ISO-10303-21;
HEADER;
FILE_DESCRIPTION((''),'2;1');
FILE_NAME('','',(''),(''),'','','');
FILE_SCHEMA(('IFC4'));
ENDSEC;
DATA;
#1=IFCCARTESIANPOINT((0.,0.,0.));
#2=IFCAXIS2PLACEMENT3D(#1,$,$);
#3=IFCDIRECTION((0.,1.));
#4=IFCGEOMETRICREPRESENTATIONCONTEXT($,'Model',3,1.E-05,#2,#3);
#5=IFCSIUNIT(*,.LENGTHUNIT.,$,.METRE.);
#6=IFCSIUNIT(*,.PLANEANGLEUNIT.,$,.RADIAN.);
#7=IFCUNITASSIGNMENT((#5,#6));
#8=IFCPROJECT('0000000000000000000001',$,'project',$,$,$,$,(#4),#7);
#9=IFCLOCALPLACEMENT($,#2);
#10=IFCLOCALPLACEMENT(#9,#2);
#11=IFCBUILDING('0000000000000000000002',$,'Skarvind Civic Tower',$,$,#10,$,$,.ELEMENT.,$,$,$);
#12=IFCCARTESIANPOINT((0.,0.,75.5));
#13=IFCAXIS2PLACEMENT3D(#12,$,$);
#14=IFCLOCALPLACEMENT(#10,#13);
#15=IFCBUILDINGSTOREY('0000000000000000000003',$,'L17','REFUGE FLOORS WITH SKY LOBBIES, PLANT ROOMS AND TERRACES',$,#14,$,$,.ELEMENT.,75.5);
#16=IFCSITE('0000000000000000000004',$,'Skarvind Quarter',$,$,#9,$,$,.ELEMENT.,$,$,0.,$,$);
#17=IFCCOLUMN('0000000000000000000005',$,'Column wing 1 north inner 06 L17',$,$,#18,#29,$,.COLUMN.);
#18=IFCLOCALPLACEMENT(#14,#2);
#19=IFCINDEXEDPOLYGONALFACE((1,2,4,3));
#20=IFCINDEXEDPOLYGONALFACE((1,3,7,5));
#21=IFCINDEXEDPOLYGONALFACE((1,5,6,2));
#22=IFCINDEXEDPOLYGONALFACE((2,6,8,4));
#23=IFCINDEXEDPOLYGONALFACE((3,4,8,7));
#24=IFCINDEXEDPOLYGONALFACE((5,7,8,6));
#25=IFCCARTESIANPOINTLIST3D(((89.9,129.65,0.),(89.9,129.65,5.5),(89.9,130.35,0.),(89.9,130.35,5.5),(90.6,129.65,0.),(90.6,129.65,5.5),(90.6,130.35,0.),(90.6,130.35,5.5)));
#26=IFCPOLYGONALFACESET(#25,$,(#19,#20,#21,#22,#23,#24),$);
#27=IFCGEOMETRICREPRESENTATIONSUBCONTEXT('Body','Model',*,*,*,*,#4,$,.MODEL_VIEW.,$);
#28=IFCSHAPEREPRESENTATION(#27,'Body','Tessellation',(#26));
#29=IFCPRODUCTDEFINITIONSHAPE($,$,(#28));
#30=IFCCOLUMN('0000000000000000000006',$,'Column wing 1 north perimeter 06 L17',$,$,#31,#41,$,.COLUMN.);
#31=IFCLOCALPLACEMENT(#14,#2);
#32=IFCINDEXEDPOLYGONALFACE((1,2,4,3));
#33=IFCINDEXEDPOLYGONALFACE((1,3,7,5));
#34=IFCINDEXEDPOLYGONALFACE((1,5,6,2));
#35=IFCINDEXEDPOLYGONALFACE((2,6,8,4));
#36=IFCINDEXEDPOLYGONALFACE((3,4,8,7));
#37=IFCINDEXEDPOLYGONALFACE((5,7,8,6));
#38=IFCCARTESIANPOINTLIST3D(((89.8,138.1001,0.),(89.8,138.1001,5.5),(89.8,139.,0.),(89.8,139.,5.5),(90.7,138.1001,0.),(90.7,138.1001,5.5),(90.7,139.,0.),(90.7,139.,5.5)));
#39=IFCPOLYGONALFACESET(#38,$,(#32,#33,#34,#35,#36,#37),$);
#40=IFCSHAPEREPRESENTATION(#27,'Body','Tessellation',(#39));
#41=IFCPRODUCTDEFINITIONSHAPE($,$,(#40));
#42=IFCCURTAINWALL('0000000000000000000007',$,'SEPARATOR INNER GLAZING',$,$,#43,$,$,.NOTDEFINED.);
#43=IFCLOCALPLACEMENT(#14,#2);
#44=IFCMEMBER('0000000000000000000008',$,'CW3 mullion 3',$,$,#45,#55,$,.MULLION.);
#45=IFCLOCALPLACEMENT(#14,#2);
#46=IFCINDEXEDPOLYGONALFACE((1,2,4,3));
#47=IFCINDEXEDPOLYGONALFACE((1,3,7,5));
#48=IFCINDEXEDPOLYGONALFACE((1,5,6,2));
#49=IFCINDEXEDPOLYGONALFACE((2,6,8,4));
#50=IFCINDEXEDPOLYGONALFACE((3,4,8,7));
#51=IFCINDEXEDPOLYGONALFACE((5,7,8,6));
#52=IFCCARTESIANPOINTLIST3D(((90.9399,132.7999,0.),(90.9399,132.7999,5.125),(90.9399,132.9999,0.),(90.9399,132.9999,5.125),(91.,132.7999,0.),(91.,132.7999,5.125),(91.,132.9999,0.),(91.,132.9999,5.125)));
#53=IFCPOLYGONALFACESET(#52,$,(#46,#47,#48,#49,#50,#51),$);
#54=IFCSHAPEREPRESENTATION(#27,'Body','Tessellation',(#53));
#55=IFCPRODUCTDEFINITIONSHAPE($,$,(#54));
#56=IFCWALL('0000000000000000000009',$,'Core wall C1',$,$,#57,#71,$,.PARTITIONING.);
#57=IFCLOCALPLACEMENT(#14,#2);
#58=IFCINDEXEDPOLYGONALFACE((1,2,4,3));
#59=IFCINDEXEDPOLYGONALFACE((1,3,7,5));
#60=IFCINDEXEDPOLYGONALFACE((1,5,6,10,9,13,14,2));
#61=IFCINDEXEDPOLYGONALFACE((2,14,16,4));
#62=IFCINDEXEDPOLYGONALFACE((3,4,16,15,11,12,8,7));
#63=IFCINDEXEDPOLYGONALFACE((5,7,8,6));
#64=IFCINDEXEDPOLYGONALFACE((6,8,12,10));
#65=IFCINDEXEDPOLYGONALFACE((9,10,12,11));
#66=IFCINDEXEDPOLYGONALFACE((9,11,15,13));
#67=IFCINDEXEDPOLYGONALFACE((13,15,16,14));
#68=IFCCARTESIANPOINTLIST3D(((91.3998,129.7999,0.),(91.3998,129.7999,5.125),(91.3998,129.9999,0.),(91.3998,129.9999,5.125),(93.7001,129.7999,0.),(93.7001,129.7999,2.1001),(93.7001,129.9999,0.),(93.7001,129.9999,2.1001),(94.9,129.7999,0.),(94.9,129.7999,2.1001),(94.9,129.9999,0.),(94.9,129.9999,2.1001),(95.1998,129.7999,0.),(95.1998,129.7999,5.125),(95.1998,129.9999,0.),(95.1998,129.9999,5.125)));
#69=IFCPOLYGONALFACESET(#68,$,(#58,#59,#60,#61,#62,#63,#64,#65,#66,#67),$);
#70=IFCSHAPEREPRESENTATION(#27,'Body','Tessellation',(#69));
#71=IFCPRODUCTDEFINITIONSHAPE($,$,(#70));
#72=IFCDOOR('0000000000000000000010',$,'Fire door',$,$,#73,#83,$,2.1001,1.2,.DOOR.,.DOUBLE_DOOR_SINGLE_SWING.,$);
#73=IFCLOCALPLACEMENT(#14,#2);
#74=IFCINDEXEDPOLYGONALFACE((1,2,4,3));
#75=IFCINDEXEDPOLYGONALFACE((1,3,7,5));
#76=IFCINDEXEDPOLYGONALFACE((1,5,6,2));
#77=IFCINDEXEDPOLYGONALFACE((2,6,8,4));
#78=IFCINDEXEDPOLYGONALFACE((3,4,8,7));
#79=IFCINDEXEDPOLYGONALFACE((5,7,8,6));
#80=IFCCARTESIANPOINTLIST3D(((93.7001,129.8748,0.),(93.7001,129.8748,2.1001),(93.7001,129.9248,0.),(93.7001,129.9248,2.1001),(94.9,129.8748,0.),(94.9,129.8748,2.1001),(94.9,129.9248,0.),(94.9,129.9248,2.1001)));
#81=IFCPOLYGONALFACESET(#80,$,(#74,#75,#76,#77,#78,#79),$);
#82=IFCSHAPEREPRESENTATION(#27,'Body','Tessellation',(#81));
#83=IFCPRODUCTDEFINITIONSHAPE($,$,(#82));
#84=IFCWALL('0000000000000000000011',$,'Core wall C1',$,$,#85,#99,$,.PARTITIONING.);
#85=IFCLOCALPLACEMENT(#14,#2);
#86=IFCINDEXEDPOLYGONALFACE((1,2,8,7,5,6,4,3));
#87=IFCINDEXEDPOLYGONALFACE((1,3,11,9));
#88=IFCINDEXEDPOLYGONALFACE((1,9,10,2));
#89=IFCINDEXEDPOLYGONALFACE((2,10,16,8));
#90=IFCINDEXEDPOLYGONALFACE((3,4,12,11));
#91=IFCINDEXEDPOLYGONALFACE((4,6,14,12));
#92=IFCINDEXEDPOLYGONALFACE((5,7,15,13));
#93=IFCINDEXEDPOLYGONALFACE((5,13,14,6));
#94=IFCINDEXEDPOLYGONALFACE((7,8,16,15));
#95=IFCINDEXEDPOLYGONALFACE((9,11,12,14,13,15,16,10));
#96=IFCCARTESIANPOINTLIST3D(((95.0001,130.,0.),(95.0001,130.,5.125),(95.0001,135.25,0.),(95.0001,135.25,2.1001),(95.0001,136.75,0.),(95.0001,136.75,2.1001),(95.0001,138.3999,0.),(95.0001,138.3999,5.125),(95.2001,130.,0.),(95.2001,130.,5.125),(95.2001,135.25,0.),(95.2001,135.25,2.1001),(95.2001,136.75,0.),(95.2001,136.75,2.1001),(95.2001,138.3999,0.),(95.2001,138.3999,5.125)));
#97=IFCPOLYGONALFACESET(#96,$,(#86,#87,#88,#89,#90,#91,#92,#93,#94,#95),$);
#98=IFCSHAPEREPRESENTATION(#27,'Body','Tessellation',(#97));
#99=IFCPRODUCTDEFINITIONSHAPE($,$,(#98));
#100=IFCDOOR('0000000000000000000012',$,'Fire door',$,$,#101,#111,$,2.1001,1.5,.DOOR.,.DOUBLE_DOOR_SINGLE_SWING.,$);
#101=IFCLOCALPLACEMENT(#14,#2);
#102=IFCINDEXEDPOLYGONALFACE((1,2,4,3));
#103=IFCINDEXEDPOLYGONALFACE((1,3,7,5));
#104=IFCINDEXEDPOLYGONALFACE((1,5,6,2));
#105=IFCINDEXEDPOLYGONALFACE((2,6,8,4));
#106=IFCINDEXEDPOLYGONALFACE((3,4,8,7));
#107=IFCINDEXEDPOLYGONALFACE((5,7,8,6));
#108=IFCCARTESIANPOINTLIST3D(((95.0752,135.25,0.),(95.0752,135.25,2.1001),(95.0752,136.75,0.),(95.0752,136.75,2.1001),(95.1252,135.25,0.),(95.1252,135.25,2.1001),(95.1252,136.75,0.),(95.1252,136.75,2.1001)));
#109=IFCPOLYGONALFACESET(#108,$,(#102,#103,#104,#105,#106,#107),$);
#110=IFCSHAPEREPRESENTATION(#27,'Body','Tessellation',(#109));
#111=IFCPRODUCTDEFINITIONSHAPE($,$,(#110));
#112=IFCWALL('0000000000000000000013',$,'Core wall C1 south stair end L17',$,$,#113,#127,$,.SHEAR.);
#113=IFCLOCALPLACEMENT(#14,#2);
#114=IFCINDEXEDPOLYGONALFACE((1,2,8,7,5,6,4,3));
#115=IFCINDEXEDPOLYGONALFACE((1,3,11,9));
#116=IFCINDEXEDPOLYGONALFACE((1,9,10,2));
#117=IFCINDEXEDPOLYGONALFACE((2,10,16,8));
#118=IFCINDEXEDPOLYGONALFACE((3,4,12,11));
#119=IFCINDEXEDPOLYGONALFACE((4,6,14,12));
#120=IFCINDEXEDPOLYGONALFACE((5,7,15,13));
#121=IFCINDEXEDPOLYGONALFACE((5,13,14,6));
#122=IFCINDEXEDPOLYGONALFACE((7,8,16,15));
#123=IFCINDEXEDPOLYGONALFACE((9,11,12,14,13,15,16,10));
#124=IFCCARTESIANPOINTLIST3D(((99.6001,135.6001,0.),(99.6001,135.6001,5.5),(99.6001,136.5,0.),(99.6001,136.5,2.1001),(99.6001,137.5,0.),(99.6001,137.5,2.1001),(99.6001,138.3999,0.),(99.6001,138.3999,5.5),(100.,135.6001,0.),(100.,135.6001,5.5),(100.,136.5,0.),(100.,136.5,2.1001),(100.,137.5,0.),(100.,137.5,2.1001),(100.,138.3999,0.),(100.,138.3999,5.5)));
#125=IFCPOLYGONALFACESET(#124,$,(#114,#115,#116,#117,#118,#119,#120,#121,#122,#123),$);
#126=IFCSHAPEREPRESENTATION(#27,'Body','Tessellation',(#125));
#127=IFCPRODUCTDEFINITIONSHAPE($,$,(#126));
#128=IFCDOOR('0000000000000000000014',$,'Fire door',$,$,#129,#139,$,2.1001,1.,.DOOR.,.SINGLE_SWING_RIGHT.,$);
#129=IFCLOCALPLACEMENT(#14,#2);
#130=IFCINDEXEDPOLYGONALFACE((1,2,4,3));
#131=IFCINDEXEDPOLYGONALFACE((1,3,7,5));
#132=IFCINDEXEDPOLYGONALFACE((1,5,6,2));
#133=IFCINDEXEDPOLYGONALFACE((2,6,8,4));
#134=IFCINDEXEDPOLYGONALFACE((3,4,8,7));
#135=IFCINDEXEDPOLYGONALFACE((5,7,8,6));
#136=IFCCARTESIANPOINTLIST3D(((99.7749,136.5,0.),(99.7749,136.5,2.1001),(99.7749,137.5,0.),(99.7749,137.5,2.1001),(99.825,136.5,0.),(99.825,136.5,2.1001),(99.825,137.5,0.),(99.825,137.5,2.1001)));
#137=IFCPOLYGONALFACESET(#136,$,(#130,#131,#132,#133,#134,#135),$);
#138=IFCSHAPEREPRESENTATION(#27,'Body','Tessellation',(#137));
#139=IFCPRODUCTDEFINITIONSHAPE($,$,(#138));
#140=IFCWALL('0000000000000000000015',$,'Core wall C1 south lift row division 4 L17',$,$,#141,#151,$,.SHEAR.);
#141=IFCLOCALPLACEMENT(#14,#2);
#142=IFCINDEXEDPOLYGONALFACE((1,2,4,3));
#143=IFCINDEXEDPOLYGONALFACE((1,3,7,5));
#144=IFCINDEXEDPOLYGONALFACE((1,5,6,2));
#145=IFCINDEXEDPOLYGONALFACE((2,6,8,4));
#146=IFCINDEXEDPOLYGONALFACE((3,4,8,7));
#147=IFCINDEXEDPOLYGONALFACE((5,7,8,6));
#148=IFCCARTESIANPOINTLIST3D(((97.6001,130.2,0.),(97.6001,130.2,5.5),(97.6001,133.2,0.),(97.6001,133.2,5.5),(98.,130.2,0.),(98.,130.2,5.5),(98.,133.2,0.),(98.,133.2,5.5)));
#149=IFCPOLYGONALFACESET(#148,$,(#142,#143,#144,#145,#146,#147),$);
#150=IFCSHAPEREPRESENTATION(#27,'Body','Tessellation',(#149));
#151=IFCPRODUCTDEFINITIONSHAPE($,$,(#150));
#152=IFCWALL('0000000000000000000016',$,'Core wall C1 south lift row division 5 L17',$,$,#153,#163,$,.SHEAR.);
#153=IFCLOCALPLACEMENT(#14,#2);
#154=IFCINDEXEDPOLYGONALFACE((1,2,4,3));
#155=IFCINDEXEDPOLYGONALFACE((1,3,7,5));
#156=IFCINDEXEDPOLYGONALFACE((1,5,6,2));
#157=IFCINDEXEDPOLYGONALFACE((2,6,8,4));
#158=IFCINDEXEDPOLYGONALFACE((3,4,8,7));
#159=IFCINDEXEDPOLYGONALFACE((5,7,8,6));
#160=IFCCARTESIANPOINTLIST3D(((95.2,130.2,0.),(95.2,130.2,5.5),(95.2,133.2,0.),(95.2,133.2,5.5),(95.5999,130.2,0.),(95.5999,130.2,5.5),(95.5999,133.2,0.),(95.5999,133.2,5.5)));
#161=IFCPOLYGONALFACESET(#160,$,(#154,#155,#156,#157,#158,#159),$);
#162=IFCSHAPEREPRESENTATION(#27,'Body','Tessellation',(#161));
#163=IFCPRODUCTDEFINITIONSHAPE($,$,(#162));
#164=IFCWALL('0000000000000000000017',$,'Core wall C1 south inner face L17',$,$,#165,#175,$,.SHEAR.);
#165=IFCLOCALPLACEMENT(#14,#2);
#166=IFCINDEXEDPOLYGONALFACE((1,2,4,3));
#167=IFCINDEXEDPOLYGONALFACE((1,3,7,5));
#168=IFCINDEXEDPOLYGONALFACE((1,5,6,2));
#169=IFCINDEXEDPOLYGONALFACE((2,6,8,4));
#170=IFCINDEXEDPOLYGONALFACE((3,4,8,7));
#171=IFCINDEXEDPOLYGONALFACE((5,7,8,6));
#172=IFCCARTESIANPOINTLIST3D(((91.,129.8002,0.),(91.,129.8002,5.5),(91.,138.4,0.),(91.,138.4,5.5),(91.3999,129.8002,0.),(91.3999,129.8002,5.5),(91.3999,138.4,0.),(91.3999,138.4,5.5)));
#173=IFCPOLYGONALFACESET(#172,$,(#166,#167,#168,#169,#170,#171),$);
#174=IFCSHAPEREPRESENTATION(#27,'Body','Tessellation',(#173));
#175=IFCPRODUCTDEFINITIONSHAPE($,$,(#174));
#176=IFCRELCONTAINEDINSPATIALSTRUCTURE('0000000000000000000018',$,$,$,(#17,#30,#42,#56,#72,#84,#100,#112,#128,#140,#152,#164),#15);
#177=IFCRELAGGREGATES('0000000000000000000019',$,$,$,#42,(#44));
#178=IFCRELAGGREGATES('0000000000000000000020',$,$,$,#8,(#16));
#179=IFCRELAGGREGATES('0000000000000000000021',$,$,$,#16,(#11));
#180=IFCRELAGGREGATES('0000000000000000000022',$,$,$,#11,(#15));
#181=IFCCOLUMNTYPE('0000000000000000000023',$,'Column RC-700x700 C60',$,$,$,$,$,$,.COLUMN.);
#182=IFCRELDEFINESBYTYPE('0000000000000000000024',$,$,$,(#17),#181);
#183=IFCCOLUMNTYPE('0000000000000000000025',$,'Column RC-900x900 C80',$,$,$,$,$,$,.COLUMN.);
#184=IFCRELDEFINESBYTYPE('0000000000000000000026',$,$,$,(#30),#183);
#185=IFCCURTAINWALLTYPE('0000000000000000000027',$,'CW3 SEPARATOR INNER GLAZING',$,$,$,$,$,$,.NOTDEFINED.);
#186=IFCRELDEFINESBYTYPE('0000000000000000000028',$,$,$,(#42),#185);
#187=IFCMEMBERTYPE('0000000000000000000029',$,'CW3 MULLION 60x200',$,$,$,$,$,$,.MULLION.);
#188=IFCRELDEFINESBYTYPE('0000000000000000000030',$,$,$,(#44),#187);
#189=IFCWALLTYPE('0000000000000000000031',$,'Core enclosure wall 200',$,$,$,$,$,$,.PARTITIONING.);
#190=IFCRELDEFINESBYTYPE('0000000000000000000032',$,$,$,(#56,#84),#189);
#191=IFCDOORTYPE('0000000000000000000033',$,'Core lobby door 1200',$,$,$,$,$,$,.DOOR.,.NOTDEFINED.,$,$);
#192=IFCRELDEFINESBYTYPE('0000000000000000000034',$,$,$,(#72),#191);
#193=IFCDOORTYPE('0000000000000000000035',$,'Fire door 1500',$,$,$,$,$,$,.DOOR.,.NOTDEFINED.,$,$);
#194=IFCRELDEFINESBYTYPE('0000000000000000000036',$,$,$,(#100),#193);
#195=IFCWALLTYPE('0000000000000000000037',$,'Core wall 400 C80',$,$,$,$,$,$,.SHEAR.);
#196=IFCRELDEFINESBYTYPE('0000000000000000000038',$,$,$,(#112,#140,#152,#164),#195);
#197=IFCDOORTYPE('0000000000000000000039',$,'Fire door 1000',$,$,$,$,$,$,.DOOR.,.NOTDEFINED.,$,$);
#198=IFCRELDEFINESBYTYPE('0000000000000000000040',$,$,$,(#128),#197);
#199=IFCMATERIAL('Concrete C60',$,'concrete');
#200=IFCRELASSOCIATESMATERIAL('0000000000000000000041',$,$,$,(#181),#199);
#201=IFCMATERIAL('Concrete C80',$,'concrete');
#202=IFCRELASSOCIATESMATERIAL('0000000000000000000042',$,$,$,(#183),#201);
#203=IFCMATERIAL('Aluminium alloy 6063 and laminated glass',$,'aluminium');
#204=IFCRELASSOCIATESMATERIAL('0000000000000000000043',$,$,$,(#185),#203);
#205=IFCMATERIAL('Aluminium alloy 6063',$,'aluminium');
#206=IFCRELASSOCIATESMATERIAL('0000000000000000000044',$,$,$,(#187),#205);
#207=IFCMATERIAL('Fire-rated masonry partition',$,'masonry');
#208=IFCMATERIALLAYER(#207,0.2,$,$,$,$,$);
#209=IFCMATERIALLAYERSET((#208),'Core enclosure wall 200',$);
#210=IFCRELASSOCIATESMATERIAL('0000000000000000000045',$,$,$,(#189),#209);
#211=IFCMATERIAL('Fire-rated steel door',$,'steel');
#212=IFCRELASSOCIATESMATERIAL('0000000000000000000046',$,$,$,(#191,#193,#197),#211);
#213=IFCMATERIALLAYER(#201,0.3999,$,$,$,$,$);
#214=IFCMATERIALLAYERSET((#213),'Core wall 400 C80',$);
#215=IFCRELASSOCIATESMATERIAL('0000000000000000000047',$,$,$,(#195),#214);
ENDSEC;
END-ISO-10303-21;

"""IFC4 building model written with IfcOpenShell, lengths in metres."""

from ifc_helpers import new_model, si_unit, direction, frame, frame_2d, origin, origin_2d, place, context, subcontext, project, spatial, rectangle, extrude, material, layer, layer_set, material_profile, profile_set, type_object, element, fill, aggregate, save


model = new_model("IFC4")

# Units and contexts
model_context = context("Model", 3, precision=1e-05, world=origin(), true_north=direction((0.0, 1.0)))
body_context = subcontext(model_context, "Body", "Model", "MODEL_VIEW")
ifc_project = project(units=[si_unit("LENGTHUNIT", "METRE"), si_unit("PLANEANGLEUNIT", "RADIAN")], contexts=[model_context])

# Site, building, storey
site_placement = place(None, origin())
site = spatial("IfcSite", under=ifc_project, at=site_placement, Name="Skarvind Quarter", CompositionType="ELEMENT", RefElevation=0.0)
building_placement = place(site_placement, origin())
building = spatial("IfcBuilding", under=site, at=building_placement, Name="Skarvind Civic Tower", CompositionType="ELEMENT")
storey_placement = place(building_placement, frame((0.0, 0.0, 75.5)))
storey = spatial("IfcBuildingStorey", under=building, at=storey_placement, Name="L17", Description="REFUGE FLOORS WITH SKY LOBBIES, PLANT ROOMS AND TERRACES", CompositionType="ELEMENT", Elevation=75.5)

# Columns
ifc_material_1 = material(Name="Concrete C60", Category="concrete")
ifc_material_profile_1 = material_profile(ifc_material_1, rectangle(XDim=0.7, YDim=0.7, at=origin_2d()), Name="RC-700x700")
ifc_profile_set_1 = profile_set([ifc_material_profile_1], Name="Concrete C60")
column_type_1 = type_object("IfcColumnType", Name="Column RC-700x700 C60", PredefinedType="COLUMN", material=ifc_profile_set_1)
column_1_placement = place(storey_placement, frame((90.25, 130.0, 0.0), z_axis=(0.0, 0.0, 1.0), x_axis=(1.0, 0.0, 0.0)))
element("IfcColumn", 1, at=column_1_placement, inside=storey, type_object=column_type_1, Name="Column wing 1 north inner 06 L17", PredefinedType="COLUMN", context=body_context, shape_type="SweptSolid", body=[
    extrude(rectangle(XDim=0.7, YDim=0.7, at=origin_2d()), origin(), (0.0, 0.0, 1.0), 5.5),
])
ifc_material_2 = material(Name="Concrete C80", Category="concrete")
ifc_material_profile_2 = material_profile(ifc_material_2, rectangle(XDim=0.8999, YDim=0.8999, at=origin_2d()), Name="RC-900x900")
ifc_profile_set_2 = profile_set([ifc_material_profile_2], Name="Concrete C80")
column_type_2 = type_object("IfcColumnType", Name="Column RC-900x900 C80", PredefinedType="COLUMN", material=ifc_profile_set_2)
column_2_placement = place(storey_placement, frame((90.25, 138.55, 0.0), z_axis=(0.0, 0.0, 1.0), x_axis=(1.0, 0.0, 0.0)))
element("IfcColumn", 2, at=column_2_placement, inside=storey, type_object=column_type_2, Name="Column wing 1 north perimeter 06 L17", PredefinedType="COLUMN", context=body_context, shape_type="SweptSolid", body=[
    extrude(rectangle(XDim=0.8999, YDim=0.8999, at=origin_2d()), origin(), (0.0, 0.0, 1.0), 5.5),
])

# Curtain wall, member
ifc_material_3 = material(Name="Aluminium alloy 6063 and laminated glass", Category="aluminium")
curtain_wall_type = type_object("IfcCurtainWallType", Name="CW3 SEPARATOR INNER GLAZING", PredefinedType="NOTDEFINED", material=ifc_material_3)
curtain_wall_placement = place(storey_placement, origin())
curtain_wall = element("IfcCurtainWall", 3, at=curtain_wall_placement, inside=storey, type_object=curtain_wall_type, Name="SEPARATOR INNER GLAZING", PredefinedType="NOTDEFINED")
ifc_material_4 = material(Name="Aluminium alloy 6063", Category="aluminium")
ifc_material_profile_3 = material_profile(ifc_material_4, rectangle(XDim=0.2, YDim=0.0601, at=origin_2d()), Name="AL 60x200")
ifc_profile_set_3 = profile_set([ifc_material_profile_3], Name="Aluminium alloy 6063")
member_type = type_object("IfcMemberType", Name="CW3 MULLION 60x200", PredefinedType="MULLION", material=ifc_profile_set_3)
member_placement = place(storey_placement, frame((90.97, 132.8999, 0.0), z_axis=(0.0, 0.0, 1.0), x_axis=(0.0, 1.0, 0.0)))
member = element("IfcMember", 4, at=member_placement, type_object=member_type, Name="CW3 mullion 3", PredefinedType="MULLION", context=body_context, shape_type="SweptSolid", body=[
    extrude(rectangle(XDim=0.2, YDim=0.0601, at=origin_2d()), origin(), (0.0, 0.0, 1.0), 5.125),
])
aggregate(curtain_wall, [member])

# Walls, openings, doors
ifc_material_5 = material(Name="Fire-rated masonry partition", Category="masonry")
ifc_layer_1 = layer(ifc_material_5, 0.2)
ifc_layer_set_1 = layer_set([ifc_layer_1], Name="Core enclosure wall 200")
wall_type_1 = type_object("IfcWallType", Name="Core enclosure wall 200", PredefinedType="PARTITIONING", material=ifc_layer_set_1)
wall_1_placement = place(storey_placement, frame((91.3999, 129.8999, 0.0), z_axis=(0.0, 0.0, 1.0), x_axis=(1.0, 0.0, 0.0)))
wall_1 = element("IfcWall", 5, at=wall_1_placement, inside=storey, type_object=wall_type_1, Name="Core wall C1", PredefinedType="PARTITIONING", context=body_context, shape_type="SweptSolid", body=[
    extrude(rectangle(XDim=3.8, YDim=0.2, at=frame_2d((1.8999, 0.0))), origin(), (0.0, 0.0, 1.0), 5.125),
])
opening_1_placement = place(wall_1_placement, frame((2.3, 0.0, 0.0)))
opening_1 = element("IfcOpeningElement", 6, at=opening_1_placement, cuts=wall_1, PredefinedType="OPENING", context=body_context, shape_type="SweptSolid", body=[
    extrude(rectangle(XDim=1.2, YDim=2.1001, at=frame_2d((0.6001, 1.05))), frame((0.0, 0.1099, 0.0), z_axis=(0.0, -1.0, 0.0), x_axis=(1.0, 0.0, 0.0)), (0.0, 0.0, 1.0), 0.22),
])
ifc_material_6 = material(Name="Fire-rated steel door", Category="steel")
door_type_1 = type_object("IfcDoorType", Name="Core lobby door 1200", OperationType="NOTDEFINED", PredefinedType="DOOR", material=ifc_material_6)
door_1_placement = place(opening_1_placement, origin())
door_1 = element("IfcDoor", 7, at=door_1_placement, inside=storey, type_object=door_type_1, Name="Fire door", OperationType="DOUBLE_DOOR_SINGLE_SWING", OverallHeight=2.1001, OverallWidth=1.2, PredefinedType="DOOR", context=body_context, shape_type="SweptSolid", body=[
    extrude(rectangle(XDim=1.2, YDim=2.1001, at=frame_2d((0.6001, 1.05))), frame((0.0, 0.0249, 0.0), z_axis=(0.0, -1.0, 0.0), x_axis=(1.0, 0.0, 0.0)), (0.0, 0.0, 1.0), 0.05),
])
fill(opening_1, door_1)
wall_2_placement = place(storey_placement, frame((95.1001, 130.0, 0.0), z_axis=(0.0, 0.0, 1.0), x_axis=(0.0, 1.0, 0.0)))
wall_2 = element("IfcWall", 8, at=wall_2_placement, inside=storey, type_object=wall_type_1, Name="Core wall C1", PredefinedType="PARTITIONING", context=body_context, shape_type="SweptSolid", body=[
    extrude(rectangle(XDim=8.3999, YDim=0.2, at=frame_2d((4.2, 0.0))), origin(), (0.0, 0.0, 1.0), 5.125),
])
opening_2_placement = place(wall_2_placement, frame((5.25, 0.0, 0.0)))
opening_2 = element("IfcOpeningElement", 9, at=opening_2_placement, cuts=wall_2, PredefinedType="OPENING", context=body_context, shape_type="SweptSolid", body=[
    extrude(rectangle(XDim=1.5, YDim=2.1001, at=frame_2d((0.75, 1.05))), frame((0.0, 0.1099, 0.0), z_axis=(0.0, -1.0, 0.0), x_axis=(1.0, 0.0, 0.0)), (0.0, 0.0, 1.0), 0.22),
])
door_type_2 = type_object("IfcDoorType", Name="Fire door 1500", OperationType="NOTDEFINED", PredefinedType="DOOR", material=ifc_material_6)
door_2_placement = place(opening_2_placement, origin())
door_2 = element("IfcDoor", 10, at=door_2_placement, inside=storey, type_object=door_type_2, Name="Fire door", OperationType="DOUBLE_DOOR_SINGLE_SWING", OverallHeight=2.1001, OverallWidth=1.5, PredefinedType="DOOR", context=body_context, shape_type="SweptSolid", body=[
    extrude(rectangle(XDim=1.5, YDim=2.1001, at=frame_2d((0.75, 1.05))), frame((0.0, 0.0249, 0.0), z_axis=(0.0, -1.0, 0.0), x_axis=(1.0, 0.0, 0.0)), (0.0, 0.0, 1.0), 0.05),
])
fill(opening_2, door_2)
ifc_layer_2 = layer(ifc_material_2, 0.3999)
ifc_layer_set_2 = layer_set([ifc_layer_2], Name="Core wall 400 C80")
wall_type_2 = type_object("IfcWallType", Name="Core wall 400 C80", PredefinedType="SHEAR", material=ifc_layer_set_2)
wall_3_placement = place(storey_placement, frame((99.8, 138.3999, 0.0), z_axis=(0.0, 0.0, 1.0), x_axis=(0.0, -1.0, 0.0)))
wall_3 = element("IfcWall", 11, at=wall_3_placement, inside=storey, type_object=wall_type_2, Name="Core wall C1 south stair end L17", PredefinedType="SHEAR", context=body_context, shape_type="SweptSolid", body=[
    extrude(rectangle(XDim=2.7998, YDim=0.3999, at=frame_2d((1.3999, 0.0))), origin(), (0.0, 0.0, 1.0), 5.5),
])
opening_3_placement = place(wall_3_placement, frame((0.8999, 0.0, 0.0)))
opening_3 = element("IfcOpeningElement", 12, at=opening_3_placement, cuts=wall_3, PredefinedType="OPENING", context=body_context, shape_type="SweptSolid", body=[
    extrude(rectangle(XDim=1.0, YDim=2.1001, at=frame_2d((0.5, 1.05))), frame((0.0, 0.21, 0.0), z_axis=(0.0, -1.0, 0.0), x_axis=(1.0, 0.0, 0.0)), (0.0, 0.0, 1.0), 0.4199),
])
door_type_3 = type_object("IfcDoorType", Name="Fire door 1000", OperationType="NOTDEFINED", PredefinedType="DOOR", material=ifc_material_6)
door_3_placement = place(opening_3_placement, origin())
door_3 = element("IfcDoor", 13, at=door_3_placement, inside=storey, type_object=door_type_3, Name="Fire door", OperationType="SINGLE_SWING_RIGHT", OverallHeight=2.1001, OverallWidth=1.0, PredefinedType="DOOR", context=body_context, shape_type="SweptSolid", body=[
    extrude(rectangle(XDim=1.0, YDim=2.1001, at=frame_2d((0.5, 1.05))), frame((0.0, 0.0249, 0.0), z_axis=(0.0, -1.0, 0.0), x_axis=(1.0, 0.0, 0.0)), (0.0, 0.0, 1.0), 0.05),
])
fill(opening_3, door_3)

# Walls
for number, where, z_axis, x_axis, name in (
    (14, (97.8, 133.2, 0.0), (0.0, 0.0, 1.0), (0.0, -1.0, 0.0), "Core wall C1 south lift row division 4 L17"),
    (15, (95.3999, 133.2, 0.0), (0.0, 0.0, 1.0), (0.0, -1.0, 0.0), "Core wall C1 south lift row division 5 L17"),
):
    element("IfcWall", number, at=place(storey_placement, frame(where, z_axis=z_axis, x_axis=x_axis)), inside=storey, type_object=wall_type_2, Name=name, PredefinedType="SHEAR", context=body_context, shape_type="SweptSolid", body=[
        extrude(rectangle(XDim=3.0, YDim=0.3999, at=frame_2d((1.5, 0.0))), origin(), (0.0, 0.0, 1.0), 5.5),
    ])
for number, where, z_axis, x_axis, name in (
    (16, (91.2, 138.3999, 0.0), (0.0, 0.0, 1.0), (0.0, -1.0, 0.0), "Core wall C1 south inner face L17"),
):
    element("IfcWall", number, at=place(storey_placement, frame(where, z_axis=z_axis, x_axis=x_axis)), inside=storey, type_object=wall_type_2, Name=name, PredefinedType="SHEAR", context=body_context, shape_type="SweptSolid", body=[
        extrude(rectangle(XDim=8.5999, YDim=0.3999, at=frame_2d((4.2998, 0.0))), origin(), (0.0, 0.0, 1.0), 5.5),
    ])

save(model, "model.ifc")
